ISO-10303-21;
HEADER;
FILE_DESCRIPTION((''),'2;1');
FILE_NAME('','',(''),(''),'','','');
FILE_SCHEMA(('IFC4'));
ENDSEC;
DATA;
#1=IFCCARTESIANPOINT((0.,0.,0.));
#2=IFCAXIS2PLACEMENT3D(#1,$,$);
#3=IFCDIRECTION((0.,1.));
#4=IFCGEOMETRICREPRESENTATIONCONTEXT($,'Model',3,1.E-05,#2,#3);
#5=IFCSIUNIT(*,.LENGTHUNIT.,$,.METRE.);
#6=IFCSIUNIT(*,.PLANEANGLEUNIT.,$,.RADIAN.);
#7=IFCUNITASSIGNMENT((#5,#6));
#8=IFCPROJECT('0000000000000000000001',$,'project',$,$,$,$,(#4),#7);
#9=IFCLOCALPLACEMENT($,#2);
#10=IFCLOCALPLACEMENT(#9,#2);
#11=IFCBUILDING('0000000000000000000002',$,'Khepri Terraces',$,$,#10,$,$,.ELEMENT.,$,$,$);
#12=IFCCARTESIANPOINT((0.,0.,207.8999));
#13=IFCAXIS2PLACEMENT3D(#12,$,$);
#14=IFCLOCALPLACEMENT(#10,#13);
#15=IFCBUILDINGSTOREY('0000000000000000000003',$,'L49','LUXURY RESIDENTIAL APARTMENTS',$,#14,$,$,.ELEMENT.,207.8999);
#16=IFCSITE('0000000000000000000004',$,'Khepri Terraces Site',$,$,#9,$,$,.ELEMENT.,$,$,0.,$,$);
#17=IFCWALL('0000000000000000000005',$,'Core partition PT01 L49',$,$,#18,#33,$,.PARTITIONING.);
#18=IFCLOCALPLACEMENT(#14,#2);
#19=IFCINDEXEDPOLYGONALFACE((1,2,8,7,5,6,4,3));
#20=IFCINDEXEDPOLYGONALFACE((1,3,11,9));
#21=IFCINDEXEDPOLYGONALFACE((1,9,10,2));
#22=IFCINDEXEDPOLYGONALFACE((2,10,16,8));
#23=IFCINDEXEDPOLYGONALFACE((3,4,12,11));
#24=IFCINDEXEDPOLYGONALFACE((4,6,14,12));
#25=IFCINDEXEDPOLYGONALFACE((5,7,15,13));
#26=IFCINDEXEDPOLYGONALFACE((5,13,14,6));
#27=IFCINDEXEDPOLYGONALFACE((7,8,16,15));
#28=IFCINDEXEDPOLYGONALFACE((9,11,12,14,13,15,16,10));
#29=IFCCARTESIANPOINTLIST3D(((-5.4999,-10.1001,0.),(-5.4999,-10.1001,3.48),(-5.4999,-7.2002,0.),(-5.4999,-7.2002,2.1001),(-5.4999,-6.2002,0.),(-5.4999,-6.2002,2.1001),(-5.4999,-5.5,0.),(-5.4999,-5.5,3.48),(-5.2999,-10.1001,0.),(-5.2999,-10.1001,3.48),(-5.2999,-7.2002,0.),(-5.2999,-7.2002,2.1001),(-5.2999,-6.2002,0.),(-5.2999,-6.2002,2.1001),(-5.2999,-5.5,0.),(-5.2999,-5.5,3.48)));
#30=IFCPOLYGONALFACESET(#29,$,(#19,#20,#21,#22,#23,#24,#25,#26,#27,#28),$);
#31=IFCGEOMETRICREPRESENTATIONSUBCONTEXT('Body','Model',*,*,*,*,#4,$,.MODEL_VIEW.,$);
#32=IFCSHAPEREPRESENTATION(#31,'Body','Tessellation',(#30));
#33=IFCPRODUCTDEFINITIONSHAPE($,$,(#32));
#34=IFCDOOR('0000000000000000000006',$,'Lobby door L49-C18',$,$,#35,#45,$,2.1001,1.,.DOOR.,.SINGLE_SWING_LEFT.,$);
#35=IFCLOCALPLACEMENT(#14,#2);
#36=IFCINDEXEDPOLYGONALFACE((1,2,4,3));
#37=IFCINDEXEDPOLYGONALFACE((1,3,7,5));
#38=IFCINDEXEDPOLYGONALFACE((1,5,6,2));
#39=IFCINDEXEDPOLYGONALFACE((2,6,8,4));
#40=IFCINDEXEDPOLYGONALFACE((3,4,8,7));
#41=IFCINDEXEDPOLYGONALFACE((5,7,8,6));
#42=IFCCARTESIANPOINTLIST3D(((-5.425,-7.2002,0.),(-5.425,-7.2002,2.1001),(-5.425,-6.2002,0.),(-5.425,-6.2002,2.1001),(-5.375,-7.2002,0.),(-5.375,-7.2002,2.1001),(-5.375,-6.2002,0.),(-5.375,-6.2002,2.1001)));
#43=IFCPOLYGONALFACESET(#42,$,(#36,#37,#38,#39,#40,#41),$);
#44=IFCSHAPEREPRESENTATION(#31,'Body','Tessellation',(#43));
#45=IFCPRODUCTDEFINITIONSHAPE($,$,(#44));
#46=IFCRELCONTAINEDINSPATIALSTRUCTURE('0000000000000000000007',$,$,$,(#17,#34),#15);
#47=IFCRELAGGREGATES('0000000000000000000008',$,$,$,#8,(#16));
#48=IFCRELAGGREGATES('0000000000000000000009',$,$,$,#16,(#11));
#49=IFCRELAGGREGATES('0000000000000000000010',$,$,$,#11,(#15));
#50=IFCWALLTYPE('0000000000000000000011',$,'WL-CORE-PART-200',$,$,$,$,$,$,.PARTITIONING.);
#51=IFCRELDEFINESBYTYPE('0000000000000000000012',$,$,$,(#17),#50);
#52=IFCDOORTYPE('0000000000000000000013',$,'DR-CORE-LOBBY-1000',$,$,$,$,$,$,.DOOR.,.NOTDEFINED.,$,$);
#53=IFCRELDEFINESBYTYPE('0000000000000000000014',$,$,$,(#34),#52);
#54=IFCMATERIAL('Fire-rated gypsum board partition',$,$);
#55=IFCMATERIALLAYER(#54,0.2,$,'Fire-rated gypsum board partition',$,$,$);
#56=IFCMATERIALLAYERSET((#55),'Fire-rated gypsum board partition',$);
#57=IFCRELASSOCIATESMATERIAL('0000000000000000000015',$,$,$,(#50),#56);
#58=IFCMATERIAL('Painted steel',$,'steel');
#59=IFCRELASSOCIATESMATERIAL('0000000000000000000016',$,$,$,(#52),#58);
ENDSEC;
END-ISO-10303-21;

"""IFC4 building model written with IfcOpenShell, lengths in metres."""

from ifc_helpers import new_model, si_unit, direction, frame, frame_2d, origin, place, context, subcontext, project, spatial, rectangle, extrude, material, layer, layer_set, type_object, element, fill, save


model = new_model("IFC4")

# Units and contexts
model_context = context("Model", 3, precision=1e-05, world=origin(), true_north=direction((0.0, 1.0)))
body_context = subcontext(model_context, "Body", "Model", "MODEL_VIEW")
ifc_project = project(units=[si_unit("LENGTHUNIT", "METRE"), si_unit("PLANEANGLEUNIT", "RADIAN")], contexts=[model_context])

# Site, building, storey
site_placement = place(None, origin())
site = spatial("IfcSite", under=ifc_project, at=site_placement, Name="Khepri Terraces Site", CompositionType="ELEMENT", RefElevation=0.0)
building_placement = place(site_placement, origin())
building = spatial("IfcBuilding", under=site, at=building_placement, Name="Khepri Terraces", CompositionType="ELEMENT")
storey_placement = place(building_placement, frame((0.0, 0.0, 207.8999)))
storey = spatial("IfcBuildingStorey", under=building, at=storey_placement, Name="L49", Description="LUXURY RESIDENTIAL APARTMENTS", CompositionType="ELEMENT", Elevation=207.8999)

# Shared definitions
ifc_material_1 = material(Name="Painted steel", Category="steel")

# Shared definitions
ifc_material_2 = material(Name="Fire-rated gypsum board partition")

# Wall, opening, door
ifc_layer_1 = layer(ifc_material_2, 0.2, Name="Fire-rated gypsum board partition")
ifc_layer_set_1 = layer_set([ifc_layer_1], Name="Fire-rated gypsum board partition")
wall_type_1 = type_object("IfcWallType", Name="WL-CORE-PART-200", PredefinedType="PARTITIONING", material=ifc_layer_set_1)
wall_1_placement = place(storey_placement, frame((-5.3999, -10.1001, 0.0), z_axis=(0.0, 0.0, 1.0), x_axis=(0.0, 1.0, 0.0)))
wall_1 = element("IfcWall", 1, at=wall_1_placement, inside=storey, type_object=wall_type_1, Name="Core partition PT01 L49", PredefinedType="PARTITIONING", context=body_context, shape_type="SweptSolid", body=[
    extrude(rectangle(XDim=4.6001, YDim=0.2, at=frame_2d((2.3, 0.0))), origin(), (0.0, 0.0, 1.0), 3.48),
])
opening_1_placement = place(wall_1_placement, frame((2.8999, 0.0, 0.0)))
opening_1 = element("IfcOpeningElement", 2, at=opening_1_placement, cuts=wall_1, PredefinedType="OPENING", context=body_context, shape_type="SweptSolid", body=[
    extrude(rectangle(XDim=1.0, YDim=2.1001, at=frame_2d((0.5, 1.05))), frame((0.0, 0.1099, 0.0), z_axis=(0.0, -1.0, 0.0), x_axis=(1.0, 0.0, 0.0)), (0.0, 0.0, 1.0), 0.22),
])
door_type_1 = type_object("IfcDoorType", Name="DR-CORE-LOBBY-1000", OperationType="NOTDEFINED", PredefinedType="DOOR", material=ifc_material_1)
door_1_placement = place(opening_1_placement, frame((1.0, 0.0, 0.0), z_axis=(0.0, 0.0, 1.0), x_axis=(-1.0, 0.0, 0.0)))
door_1 = element("IfcDoor", 3, at=door_1_placement, inside=storey, type_object=door_type_1, Name="Lobby door L49-C18", OperationType="SINGLE_SWING_LEFT", OverallHeight=2.1001, OverallWidth=1.0, PredefinedType="DOOR", context=body_context, shape_type="SweptSolid", body=[
    extrude(rectangle(XDim=1.0, YDim=2.1001, at=frame_2d((0.5, 1.05))), frame((0.0, 0.0249, 0.0), z_axis=(0.0, -1.0, 0.0), x_axis=(1.0, 0.0, 0.0)), (0.0, 0.0, 1.0), 0.05),
])
fill(opening_1, door_1)

save(model, "model.ifc")
